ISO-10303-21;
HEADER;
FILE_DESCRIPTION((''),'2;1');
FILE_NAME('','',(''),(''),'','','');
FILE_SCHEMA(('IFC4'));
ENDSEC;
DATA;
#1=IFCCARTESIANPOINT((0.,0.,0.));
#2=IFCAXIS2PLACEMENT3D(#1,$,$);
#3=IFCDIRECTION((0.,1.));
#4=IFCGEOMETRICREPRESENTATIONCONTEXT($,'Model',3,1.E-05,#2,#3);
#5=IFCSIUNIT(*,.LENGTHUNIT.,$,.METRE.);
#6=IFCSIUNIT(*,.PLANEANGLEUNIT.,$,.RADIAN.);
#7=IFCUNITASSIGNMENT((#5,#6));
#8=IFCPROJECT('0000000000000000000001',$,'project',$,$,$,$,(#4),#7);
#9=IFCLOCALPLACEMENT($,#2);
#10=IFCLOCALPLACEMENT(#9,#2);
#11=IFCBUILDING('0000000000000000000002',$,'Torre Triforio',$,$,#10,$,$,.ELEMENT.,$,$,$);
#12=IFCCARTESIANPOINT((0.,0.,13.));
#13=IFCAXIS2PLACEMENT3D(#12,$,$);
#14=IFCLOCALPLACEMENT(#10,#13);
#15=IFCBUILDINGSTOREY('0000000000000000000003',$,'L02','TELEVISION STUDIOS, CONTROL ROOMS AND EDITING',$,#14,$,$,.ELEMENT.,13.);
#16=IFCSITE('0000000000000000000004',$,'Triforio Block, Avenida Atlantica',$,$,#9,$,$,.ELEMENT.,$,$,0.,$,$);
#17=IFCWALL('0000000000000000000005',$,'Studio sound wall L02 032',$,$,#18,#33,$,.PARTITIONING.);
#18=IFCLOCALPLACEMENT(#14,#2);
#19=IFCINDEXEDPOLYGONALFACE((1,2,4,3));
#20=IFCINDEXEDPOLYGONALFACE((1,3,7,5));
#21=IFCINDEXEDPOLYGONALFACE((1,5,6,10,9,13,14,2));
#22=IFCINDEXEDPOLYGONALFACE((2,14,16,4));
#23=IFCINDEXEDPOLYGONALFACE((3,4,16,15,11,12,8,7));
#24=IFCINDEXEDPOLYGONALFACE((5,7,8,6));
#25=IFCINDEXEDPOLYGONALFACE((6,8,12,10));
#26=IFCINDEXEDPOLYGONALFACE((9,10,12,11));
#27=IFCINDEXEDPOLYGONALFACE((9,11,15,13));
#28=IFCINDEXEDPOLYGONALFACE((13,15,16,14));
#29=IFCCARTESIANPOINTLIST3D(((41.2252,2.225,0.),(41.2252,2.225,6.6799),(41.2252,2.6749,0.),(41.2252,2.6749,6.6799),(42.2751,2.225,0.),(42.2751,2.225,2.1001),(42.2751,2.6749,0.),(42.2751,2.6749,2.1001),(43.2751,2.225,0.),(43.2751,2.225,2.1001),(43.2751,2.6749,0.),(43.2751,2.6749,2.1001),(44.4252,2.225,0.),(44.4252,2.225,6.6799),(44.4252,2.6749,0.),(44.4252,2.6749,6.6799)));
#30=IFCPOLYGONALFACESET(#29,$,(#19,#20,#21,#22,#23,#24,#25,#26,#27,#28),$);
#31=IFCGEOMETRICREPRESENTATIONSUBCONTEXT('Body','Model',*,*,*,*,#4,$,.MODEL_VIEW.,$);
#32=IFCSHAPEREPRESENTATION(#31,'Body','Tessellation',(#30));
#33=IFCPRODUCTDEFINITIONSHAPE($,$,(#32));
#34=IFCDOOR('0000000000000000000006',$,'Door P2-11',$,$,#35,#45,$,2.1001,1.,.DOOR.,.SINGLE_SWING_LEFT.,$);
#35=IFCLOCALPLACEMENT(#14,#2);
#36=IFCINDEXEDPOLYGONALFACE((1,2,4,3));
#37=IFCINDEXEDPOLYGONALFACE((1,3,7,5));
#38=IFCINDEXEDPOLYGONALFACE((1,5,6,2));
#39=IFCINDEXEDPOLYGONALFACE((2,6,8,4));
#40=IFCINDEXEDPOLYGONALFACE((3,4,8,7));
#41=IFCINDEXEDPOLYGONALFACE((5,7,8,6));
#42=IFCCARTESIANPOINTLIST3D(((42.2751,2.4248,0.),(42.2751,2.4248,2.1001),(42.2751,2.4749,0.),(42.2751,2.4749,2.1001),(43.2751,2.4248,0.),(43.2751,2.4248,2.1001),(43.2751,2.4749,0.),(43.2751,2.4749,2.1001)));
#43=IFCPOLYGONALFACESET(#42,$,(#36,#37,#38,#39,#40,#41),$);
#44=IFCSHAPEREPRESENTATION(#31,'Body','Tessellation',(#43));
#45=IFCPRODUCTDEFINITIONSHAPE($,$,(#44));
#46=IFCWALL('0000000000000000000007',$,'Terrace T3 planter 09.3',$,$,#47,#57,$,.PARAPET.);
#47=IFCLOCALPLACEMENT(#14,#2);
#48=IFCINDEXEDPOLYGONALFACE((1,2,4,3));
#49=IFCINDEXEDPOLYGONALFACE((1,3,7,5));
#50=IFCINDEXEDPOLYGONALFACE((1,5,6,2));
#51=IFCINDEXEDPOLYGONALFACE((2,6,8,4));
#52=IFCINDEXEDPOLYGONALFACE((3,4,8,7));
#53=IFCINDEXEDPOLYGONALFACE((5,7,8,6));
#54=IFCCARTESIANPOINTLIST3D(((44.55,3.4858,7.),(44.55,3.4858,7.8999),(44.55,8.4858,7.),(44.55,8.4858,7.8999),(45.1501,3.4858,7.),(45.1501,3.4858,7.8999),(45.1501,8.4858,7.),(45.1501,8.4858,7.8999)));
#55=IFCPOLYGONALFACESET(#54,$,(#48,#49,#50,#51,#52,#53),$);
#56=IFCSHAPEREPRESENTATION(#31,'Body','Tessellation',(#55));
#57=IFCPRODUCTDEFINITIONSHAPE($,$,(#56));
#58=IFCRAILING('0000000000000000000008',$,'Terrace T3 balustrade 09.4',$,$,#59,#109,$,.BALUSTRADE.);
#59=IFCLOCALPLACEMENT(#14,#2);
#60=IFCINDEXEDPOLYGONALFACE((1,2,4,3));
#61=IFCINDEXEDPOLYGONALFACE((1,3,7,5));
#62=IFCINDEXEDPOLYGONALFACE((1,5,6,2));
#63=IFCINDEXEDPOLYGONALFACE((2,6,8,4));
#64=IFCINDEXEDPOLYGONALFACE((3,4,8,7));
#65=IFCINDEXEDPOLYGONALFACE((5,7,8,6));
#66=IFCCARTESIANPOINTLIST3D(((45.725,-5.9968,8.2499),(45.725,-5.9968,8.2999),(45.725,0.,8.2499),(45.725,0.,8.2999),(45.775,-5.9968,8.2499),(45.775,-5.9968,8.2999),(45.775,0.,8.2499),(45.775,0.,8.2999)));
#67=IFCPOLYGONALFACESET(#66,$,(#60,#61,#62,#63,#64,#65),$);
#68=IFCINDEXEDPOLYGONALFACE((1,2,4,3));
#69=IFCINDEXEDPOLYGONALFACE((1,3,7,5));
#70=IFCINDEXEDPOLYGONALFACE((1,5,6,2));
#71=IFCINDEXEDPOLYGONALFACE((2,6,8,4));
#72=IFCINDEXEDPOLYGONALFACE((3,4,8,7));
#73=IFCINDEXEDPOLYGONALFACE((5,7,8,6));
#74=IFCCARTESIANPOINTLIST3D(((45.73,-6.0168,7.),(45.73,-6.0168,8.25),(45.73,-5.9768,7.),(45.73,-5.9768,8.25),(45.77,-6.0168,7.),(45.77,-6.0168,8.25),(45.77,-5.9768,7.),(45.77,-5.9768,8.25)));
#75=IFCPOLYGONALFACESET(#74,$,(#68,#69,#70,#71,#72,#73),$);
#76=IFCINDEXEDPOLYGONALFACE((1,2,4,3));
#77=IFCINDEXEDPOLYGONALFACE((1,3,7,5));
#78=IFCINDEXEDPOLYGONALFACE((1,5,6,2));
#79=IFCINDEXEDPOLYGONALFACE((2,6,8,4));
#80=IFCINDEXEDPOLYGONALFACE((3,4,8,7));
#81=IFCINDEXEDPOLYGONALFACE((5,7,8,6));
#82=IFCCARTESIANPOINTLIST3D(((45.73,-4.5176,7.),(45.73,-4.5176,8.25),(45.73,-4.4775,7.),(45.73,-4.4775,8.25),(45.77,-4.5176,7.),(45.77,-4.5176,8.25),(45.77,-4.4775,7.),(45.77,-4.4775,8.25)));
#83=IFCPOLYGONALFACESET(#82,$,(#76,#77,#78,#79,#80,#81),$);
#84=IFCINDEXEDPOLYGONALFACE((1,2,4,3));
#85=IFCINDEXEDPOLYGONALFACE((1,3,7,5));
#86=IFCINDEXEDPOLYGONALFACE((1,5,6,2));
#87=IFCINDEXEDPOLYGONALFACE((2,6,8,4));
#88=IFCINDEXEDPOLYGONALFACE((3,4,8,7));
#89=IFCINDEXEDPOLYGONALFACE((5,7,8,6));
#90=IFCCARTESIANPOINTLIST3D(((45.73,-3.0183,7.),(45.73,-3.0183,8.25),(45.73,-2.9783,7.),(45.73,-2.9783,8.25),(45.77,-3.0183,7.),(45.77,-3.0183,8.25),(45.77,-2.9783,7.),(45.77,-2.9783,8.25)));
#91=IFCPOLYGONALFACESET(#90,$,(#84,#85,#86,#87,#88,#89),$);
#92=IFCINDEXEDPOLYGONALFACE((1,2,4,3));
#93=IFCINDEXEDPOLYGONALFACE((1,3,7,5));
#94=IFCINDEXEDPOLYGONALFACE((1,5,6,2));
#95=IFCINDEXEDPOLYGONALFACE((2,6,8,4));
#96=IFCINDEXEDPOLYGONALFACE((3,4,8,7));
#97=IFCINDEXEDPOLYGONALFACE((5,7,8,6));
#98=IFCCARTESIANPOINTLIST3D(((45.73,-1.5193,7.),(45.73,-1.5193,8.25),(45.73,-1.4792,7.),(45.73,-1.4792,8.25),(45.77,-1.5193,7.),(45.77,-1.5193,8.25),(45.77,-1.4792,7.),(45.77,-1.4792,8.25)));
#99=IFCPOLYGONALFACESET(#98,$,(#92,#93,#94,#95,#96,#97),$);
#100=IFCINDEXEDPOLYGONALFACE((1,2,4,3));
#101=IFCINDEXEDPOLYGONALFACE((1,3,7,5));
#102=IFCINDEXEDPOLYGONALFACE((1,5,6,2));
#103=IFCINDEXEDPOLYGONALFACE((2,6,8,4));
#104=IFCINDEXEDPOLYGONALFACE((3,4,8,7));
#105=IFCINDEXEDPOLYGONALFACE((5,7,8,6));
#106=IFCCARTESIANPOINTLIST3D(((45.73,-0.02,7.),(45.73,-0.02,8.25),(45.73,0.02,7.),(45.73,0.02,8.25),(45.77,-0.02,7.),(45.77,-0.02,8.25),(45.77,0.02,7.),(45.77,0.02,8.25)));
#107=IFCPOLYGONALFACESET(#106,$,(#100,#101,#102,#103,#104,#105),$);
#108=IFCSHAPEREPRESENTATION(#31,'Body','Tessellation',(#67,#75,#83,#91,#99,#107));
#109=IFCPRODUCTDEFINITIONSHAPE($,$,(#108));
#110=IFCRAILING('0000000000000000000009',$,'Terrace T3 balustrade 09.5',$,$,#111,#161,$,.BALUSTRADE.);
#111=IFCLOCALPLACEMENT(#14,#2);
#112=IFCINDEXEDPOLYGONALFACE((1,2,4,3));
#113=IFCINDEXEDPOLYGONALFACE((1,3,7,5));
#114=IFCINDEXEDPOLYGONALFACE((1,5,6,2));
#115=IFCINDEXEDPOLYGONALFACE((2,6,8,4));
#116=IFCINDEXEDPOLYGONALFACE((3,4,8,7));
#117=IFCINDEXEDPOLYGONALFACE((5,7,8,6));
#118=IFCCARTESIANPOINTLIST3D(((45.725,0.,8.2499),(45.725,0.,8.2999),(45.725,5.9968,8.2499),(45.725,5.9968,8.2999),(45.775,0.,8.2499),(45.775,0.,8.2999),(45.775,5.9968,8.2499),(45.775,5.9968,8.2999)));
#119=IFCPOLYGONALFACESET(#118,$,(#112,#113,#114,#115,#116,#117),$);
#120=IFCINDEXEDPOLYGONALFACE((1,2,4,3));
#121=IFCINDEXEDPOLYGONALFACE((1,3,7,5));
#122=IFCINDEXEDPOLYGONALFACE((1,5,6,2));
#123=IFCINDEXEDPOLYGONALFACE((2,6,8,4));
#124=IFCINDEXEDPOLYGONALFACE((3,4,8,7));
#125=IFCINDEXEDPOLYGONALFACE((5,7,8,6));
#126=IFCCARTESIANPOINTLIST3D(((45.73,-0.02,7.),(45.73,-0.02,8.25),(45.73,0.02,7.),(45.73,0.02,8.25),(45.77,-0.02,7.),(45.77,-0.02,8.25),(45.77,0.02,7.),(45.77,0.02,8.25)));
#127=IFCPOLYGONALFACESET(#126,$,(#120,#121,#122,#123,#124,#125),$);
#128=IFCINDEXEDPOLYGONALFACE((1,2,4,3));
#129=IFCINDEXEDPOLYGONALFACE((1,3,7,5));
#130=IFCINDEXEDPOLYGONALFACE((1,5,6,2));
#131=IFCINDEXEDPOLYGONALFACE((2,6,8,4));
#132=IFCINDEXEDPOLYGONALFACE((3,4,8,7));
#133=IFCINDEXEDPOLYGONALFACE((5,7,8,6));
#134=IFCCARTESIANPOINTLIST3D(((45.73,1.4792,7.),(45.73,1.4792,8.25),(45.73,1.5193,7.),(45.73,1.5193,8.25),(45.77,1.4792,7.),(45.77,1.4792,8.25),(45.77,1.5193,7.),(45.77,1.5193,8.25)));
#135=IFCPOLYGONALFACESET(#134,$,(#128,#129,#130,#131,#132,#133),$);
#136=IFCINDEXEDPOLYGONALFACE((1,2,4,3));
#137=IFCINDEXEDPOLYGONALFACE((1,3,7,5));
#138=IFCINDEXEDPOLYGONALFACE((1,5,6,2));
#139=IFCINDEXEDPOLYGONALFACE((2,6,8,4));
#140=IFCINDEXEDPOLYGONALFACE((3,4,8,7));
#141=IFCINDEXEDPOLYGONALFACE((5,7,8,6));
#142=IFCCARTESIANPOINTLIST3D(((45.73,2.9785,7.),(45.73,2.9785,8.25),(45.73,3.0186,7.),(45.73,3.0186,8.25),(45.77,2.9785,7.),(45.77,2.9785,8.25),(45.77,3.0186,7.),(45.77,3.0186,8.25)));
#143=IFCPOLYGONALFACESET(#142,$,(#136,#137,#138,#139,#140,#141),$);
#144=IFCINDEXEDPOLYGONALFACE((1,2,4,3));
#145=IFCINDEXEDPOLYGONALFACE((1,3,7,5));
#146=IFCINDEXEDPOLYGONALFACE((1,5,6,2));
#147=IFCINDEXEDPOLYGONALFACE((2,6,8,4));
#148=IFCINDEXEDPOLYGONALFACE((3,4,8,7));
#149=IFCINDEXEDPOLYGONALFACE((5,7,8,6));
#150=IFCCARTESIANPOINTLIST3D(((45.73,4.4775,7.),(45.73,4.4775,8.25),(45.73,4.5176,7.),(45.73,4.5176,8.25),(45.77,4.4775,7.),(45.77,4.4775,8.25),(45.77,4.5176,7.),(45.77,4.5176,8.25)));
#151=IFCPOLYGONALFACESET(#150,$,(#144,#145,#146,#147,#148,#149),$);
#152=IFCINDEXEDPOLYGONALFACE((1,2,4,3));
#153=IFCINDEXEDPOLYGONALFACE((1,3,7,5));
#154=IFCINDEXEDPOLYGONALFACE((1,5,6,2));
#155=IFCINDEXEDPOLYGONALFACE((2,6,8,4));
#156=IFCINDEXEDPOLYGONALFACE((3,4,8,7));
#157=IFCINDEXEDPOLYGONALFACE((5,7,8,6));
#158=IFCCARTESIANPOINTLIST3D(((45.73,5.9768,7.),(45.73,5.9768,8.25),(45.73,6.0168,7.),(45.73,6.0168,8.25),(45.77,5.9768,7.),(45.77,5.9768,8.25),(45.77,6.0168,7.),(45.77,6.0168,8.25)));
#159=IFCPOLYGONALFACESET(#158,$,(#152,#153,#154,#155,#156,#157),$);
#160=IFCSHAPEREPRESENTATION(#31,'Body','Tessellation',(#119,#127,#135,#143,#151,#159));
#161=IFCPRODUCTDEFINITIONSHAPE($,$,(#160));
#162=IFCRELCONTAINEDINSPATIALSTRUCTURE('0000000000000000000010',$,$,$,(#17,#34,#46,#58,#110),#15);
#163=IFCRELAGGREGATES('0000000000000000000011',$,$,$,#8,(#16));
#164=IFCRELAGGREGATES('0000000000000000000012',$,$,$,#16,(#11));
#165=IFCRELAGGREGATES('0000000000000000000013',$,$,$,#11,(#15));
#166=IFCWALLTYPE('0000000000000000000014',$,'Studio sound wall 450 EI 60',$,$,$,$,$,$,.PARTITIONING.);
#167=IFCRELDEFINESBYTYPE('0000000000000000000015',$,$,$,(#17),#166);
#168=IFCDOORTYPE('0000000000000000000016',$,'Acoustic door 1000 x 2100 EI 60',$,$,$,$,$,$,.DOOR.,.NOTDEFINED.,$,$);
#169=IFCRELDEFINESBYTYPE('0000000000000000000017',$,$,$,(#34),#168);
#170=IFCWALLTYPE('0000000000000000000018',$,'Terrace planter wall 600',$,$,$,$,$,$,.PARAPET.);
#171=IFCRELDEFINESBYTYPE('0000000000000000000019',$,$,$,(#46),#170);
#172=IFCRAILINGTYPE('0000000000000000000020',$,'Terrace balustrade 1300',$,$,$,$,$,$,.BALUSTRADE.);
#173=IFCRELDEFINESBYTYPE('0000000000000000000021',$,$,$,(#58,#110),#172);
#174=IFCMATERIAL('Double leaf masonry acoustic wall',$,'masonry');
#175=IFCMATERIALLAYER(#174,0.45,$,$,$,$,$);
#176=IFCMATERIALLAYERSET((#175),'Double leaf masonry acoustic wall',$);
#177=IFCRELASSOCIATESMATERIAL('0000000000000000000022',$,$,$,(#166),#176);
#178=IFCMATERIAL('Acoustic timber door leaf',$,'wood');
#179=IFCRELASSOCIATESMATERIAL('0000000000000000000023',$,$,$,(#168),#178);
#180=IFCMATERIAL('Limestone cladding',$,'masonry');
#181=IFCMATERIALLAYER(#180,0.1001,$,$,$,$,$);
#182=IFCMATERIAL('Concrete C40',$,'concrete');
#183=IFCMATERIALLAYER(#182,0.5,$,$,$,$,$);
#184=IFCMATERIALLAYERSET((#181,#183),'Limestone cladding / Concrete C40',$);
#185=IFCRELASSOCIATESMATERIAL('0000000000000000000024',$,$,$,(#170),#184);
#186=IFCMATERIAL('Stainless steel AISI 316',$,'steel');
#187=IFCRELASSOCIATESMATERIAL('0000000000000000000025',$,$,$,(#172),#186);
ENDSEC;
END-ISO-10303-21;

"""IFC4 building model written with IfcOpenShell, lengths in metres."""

from ifc_helpers import new_model, si_unit, direction, frame, frame_2d, origin, origin_2d, place, context, subcontext, project, spatial, rectangle, extrude, material, layer, layer_set, type_object, element, fill, save


model = new_model("IFC4")

# Units and contexts
model_context = context("Model", 3, precision=1e-05, world=origin(), true_north=direction((0.0, 1.0)))
body_context = subcontext(model_context, "Body", "Model", "MODEL_VIEW")
ifc_project = project(units=[si_unit("LENGTHUNIT", "METRE"), si_unit("PLANEANGLEUNIT", "RADIAN")], contexts=[model_context])

# Site, building, storey
site_placement = place(None, origin())
site = spatial("IfcSite", under=ifc_project, at=site_placement, Name="Triforio Block, Avenida Atlantica", CompositionType="ELEMENT", RefElevation=0.0)
building_placement = place(site_placement, origin())
building = spatial("IfcBuilding", under=site, at=building_placement, Name="Torre Triforio", CompositionType="ELEMENT")
storey_placement = place(building_placement, frame((0.0, 0.0, 13.0)))
storey = spatial("IfcBuildingStorey", under=building, at=storey_placement, Name="L02", Description="TELEVISION STUDIOS, CONTROL ROOMS AND EDITING", CompositionType="ELEMENT", Elevation=13.0)

# Shared definitions
ifc_material_1 = material(Name="Limestone cladding", Category="masonry")
ifc_material_2 = material(Name="Concrete C40", Category="concrete")

# Shared definitions
ifc_material_3 = material(Name="Double leaf masonry acoustic wall", Category="masonry")
ifc_layer_1 = layer(ifc_material_3, 0.45)
ifc_layer_set_1 = layer_set([ifc_layer_1], Name="Double leaf masonry acoustic wall")
wall_type_1 = type_object("IfcWallType", Name="Studio sound wall 450 EI 60", PredefinedType="PARTITIONING", material=ifc_layer_set_1)

# Wall, opening, door
wall_1_placement = place(storey_placement, frame((41.2251, 2.45, 0.0), z_axis=(0.0, 0.0, 1.0), x_axis=(1.0, 0.0, 0.0)))
wall_1 = element("IfcWall", 1, at=wall_1_placement, inside=storey, type_object=wall_type_1, Name="Studio sound wall L02 032", PredefinedType="PARTITIONING", context=body_context, shape_type="SweptSolid", body=[
    extrude(rectangle(XDim=3.2, YDim=0.45, at=frame_2d((1.6001, 0.0))), origin(), (0.0, 0.0, 1.0), 6.6799),
])
opening_1_placement = place(wall_1_placement, frame((1.05, 0.0, 0.0)))
opening_1 = element("IfcOpeningElement", 2, at=opening_1_placement, cuts=wall_1, PredefinedType="OPENING", context=body_context, shape_type="SweptSolid", body=[
    extrude(rectangle(XDim=1.0, YDim=2.1001, at=frame_2d((0.5, 1.05))), frame((0.0, 0.2349, 0.0), z_axis=(0.0, -1.0, 0.0), x_axis=(1.0, 0.0, 0.0)), (0.0, 0.0, 1.0), 0.47),
])
ifc_material_4 = material(Name="Acoustic timber door leaf", Category="wood")
door_type_1 = type_object("IfcDoorType", Name="Acoustic door 1000 x 2100 EI 60", OperationType="NOTDEFINED", PredefinedType="DOOR", material=ifc_material_4)
door_1_placement = place(opening_1_placement, origin())
door_1 = element("IfcDoor", 3, at=door_1_placement, inside=storey, type_object=door_type_1, Name="Door P2-11", OperationType="SINGLE_SWING_LEFT", OverallHeight=2.1001, OverallWidth=1.0, PredefinedType="DOOR", context=body_context, shape_type="SweptSolid", body=[
    extrude(rectangle(XDim=1.0, YDim=2.1001, at=frame_2d((0.5, 1.05))), frame((0.0, 0.0249, 0.0), z_axis=(0.0, -1.0, 0.0), x_axis=(1.0, 0.0, 0.0)), (0.0, 0.0, 1.0), 0.05),
])
fill(opening_1, door_1)

# Wall
ifc_layer_2 = layer(ifc_material_1, 0.1001)
ifc_layer_3 = layer(ifc_material_2, 0.5)
ifc_layer_set_2 = layer_set([ifc_layer_2, ifc_layer_3], Name="Limestone cladding / Concrete C40")
wall_type_2 = type_object("IfcWallType", Name="Terrace planter wall 600", PredefinedType="PARAPET", material=ifc_layer_set_2)
wall_2_placement = place(storey_placement, frame((44.8501, 3.4858, 7.0), z_axis=(0.0, 0.0, 1.0), x_axis=(0.0, 1.0, 0.0)))
element("IfcWall", 4, at=wall_2_placement, inside=storey, type_object=wall_type_2, Name="Terrace T3 planter 09.3", PredefinedType="PARAPET", context=body_context, shape_type="SweptSolid", body=[
    extrude(rectangle(XDim=5.0, YDim=0.6001, at=frame_2d((2.5, 0.0))), origin(), (0.0, 0.0, 1.0), 0.8999),
])

# Railings
ifc_material_5 = material(Name="Stainless steel AISI 316", Category="steel")
railing_type = type_object("IfcRailingType", Name="Terrace balustrade 1300", PredefinedType="BALUSTRADE", material=ifc_material_5)
for number, where, name in (
    (5, (45.75, -5.9968, 7.0), "Terrace T3 balustrade 09.4"),
    (6, (45.75, 0.0, 7.0), "Terrace T3 balustrade 09.5"),
):
    element("IfcRailing", number, at=place(storey_placement, frame(where)), inside=storey, type_object=railing_type, Name=name, PredefinedType="BALUSTRADE", context=body_context, shape_type="SweptSolid", body=[
        extrude(rectangle(XDim=0.05, YDim=0.05, at=origin_2d()), frame((0.0, 0.0, 1.2749), z_axis=(0.0, 1.0, 0.0), x_axis=(-1.0, 0.0, 0.0)), (0.0, 0.0, 1.0), 5.9968),
        extrude(rectangle(XDim=0.04, YDim=0.04, at=origin_2d()), origin(), (0.0, 0.0, 1.0), 1.25),
        extrude(rectangle(XDim=0.04, YDim=0.04, at=origin_2d()), frame((0.0, 1.4993, 0.0)), (0.0, 0.0, 1.0), 1.25),
        extrude(rectangle(XDim=0.04, YDim=0.04, at=origin_2d()), frame((0.0, 2.9985, 0.0)), (0.0, 0.0, 1.0), 1.25),
        extrude(rectangle(XDim=0.04, YDim=0.04, at=origin_2d()), frame((0.0, 4.4976, 0.0)), (0.0, 0.0, 1.0), 1.25),
        extrude(rectangle(XDim=0.04, YDim=0.04, at=origin_2d()), frame((0.0, 5.9968, 0.0)), (0.0, 0.0, 1.0), 1.25),
    ])

save(model, "model.ifc")
